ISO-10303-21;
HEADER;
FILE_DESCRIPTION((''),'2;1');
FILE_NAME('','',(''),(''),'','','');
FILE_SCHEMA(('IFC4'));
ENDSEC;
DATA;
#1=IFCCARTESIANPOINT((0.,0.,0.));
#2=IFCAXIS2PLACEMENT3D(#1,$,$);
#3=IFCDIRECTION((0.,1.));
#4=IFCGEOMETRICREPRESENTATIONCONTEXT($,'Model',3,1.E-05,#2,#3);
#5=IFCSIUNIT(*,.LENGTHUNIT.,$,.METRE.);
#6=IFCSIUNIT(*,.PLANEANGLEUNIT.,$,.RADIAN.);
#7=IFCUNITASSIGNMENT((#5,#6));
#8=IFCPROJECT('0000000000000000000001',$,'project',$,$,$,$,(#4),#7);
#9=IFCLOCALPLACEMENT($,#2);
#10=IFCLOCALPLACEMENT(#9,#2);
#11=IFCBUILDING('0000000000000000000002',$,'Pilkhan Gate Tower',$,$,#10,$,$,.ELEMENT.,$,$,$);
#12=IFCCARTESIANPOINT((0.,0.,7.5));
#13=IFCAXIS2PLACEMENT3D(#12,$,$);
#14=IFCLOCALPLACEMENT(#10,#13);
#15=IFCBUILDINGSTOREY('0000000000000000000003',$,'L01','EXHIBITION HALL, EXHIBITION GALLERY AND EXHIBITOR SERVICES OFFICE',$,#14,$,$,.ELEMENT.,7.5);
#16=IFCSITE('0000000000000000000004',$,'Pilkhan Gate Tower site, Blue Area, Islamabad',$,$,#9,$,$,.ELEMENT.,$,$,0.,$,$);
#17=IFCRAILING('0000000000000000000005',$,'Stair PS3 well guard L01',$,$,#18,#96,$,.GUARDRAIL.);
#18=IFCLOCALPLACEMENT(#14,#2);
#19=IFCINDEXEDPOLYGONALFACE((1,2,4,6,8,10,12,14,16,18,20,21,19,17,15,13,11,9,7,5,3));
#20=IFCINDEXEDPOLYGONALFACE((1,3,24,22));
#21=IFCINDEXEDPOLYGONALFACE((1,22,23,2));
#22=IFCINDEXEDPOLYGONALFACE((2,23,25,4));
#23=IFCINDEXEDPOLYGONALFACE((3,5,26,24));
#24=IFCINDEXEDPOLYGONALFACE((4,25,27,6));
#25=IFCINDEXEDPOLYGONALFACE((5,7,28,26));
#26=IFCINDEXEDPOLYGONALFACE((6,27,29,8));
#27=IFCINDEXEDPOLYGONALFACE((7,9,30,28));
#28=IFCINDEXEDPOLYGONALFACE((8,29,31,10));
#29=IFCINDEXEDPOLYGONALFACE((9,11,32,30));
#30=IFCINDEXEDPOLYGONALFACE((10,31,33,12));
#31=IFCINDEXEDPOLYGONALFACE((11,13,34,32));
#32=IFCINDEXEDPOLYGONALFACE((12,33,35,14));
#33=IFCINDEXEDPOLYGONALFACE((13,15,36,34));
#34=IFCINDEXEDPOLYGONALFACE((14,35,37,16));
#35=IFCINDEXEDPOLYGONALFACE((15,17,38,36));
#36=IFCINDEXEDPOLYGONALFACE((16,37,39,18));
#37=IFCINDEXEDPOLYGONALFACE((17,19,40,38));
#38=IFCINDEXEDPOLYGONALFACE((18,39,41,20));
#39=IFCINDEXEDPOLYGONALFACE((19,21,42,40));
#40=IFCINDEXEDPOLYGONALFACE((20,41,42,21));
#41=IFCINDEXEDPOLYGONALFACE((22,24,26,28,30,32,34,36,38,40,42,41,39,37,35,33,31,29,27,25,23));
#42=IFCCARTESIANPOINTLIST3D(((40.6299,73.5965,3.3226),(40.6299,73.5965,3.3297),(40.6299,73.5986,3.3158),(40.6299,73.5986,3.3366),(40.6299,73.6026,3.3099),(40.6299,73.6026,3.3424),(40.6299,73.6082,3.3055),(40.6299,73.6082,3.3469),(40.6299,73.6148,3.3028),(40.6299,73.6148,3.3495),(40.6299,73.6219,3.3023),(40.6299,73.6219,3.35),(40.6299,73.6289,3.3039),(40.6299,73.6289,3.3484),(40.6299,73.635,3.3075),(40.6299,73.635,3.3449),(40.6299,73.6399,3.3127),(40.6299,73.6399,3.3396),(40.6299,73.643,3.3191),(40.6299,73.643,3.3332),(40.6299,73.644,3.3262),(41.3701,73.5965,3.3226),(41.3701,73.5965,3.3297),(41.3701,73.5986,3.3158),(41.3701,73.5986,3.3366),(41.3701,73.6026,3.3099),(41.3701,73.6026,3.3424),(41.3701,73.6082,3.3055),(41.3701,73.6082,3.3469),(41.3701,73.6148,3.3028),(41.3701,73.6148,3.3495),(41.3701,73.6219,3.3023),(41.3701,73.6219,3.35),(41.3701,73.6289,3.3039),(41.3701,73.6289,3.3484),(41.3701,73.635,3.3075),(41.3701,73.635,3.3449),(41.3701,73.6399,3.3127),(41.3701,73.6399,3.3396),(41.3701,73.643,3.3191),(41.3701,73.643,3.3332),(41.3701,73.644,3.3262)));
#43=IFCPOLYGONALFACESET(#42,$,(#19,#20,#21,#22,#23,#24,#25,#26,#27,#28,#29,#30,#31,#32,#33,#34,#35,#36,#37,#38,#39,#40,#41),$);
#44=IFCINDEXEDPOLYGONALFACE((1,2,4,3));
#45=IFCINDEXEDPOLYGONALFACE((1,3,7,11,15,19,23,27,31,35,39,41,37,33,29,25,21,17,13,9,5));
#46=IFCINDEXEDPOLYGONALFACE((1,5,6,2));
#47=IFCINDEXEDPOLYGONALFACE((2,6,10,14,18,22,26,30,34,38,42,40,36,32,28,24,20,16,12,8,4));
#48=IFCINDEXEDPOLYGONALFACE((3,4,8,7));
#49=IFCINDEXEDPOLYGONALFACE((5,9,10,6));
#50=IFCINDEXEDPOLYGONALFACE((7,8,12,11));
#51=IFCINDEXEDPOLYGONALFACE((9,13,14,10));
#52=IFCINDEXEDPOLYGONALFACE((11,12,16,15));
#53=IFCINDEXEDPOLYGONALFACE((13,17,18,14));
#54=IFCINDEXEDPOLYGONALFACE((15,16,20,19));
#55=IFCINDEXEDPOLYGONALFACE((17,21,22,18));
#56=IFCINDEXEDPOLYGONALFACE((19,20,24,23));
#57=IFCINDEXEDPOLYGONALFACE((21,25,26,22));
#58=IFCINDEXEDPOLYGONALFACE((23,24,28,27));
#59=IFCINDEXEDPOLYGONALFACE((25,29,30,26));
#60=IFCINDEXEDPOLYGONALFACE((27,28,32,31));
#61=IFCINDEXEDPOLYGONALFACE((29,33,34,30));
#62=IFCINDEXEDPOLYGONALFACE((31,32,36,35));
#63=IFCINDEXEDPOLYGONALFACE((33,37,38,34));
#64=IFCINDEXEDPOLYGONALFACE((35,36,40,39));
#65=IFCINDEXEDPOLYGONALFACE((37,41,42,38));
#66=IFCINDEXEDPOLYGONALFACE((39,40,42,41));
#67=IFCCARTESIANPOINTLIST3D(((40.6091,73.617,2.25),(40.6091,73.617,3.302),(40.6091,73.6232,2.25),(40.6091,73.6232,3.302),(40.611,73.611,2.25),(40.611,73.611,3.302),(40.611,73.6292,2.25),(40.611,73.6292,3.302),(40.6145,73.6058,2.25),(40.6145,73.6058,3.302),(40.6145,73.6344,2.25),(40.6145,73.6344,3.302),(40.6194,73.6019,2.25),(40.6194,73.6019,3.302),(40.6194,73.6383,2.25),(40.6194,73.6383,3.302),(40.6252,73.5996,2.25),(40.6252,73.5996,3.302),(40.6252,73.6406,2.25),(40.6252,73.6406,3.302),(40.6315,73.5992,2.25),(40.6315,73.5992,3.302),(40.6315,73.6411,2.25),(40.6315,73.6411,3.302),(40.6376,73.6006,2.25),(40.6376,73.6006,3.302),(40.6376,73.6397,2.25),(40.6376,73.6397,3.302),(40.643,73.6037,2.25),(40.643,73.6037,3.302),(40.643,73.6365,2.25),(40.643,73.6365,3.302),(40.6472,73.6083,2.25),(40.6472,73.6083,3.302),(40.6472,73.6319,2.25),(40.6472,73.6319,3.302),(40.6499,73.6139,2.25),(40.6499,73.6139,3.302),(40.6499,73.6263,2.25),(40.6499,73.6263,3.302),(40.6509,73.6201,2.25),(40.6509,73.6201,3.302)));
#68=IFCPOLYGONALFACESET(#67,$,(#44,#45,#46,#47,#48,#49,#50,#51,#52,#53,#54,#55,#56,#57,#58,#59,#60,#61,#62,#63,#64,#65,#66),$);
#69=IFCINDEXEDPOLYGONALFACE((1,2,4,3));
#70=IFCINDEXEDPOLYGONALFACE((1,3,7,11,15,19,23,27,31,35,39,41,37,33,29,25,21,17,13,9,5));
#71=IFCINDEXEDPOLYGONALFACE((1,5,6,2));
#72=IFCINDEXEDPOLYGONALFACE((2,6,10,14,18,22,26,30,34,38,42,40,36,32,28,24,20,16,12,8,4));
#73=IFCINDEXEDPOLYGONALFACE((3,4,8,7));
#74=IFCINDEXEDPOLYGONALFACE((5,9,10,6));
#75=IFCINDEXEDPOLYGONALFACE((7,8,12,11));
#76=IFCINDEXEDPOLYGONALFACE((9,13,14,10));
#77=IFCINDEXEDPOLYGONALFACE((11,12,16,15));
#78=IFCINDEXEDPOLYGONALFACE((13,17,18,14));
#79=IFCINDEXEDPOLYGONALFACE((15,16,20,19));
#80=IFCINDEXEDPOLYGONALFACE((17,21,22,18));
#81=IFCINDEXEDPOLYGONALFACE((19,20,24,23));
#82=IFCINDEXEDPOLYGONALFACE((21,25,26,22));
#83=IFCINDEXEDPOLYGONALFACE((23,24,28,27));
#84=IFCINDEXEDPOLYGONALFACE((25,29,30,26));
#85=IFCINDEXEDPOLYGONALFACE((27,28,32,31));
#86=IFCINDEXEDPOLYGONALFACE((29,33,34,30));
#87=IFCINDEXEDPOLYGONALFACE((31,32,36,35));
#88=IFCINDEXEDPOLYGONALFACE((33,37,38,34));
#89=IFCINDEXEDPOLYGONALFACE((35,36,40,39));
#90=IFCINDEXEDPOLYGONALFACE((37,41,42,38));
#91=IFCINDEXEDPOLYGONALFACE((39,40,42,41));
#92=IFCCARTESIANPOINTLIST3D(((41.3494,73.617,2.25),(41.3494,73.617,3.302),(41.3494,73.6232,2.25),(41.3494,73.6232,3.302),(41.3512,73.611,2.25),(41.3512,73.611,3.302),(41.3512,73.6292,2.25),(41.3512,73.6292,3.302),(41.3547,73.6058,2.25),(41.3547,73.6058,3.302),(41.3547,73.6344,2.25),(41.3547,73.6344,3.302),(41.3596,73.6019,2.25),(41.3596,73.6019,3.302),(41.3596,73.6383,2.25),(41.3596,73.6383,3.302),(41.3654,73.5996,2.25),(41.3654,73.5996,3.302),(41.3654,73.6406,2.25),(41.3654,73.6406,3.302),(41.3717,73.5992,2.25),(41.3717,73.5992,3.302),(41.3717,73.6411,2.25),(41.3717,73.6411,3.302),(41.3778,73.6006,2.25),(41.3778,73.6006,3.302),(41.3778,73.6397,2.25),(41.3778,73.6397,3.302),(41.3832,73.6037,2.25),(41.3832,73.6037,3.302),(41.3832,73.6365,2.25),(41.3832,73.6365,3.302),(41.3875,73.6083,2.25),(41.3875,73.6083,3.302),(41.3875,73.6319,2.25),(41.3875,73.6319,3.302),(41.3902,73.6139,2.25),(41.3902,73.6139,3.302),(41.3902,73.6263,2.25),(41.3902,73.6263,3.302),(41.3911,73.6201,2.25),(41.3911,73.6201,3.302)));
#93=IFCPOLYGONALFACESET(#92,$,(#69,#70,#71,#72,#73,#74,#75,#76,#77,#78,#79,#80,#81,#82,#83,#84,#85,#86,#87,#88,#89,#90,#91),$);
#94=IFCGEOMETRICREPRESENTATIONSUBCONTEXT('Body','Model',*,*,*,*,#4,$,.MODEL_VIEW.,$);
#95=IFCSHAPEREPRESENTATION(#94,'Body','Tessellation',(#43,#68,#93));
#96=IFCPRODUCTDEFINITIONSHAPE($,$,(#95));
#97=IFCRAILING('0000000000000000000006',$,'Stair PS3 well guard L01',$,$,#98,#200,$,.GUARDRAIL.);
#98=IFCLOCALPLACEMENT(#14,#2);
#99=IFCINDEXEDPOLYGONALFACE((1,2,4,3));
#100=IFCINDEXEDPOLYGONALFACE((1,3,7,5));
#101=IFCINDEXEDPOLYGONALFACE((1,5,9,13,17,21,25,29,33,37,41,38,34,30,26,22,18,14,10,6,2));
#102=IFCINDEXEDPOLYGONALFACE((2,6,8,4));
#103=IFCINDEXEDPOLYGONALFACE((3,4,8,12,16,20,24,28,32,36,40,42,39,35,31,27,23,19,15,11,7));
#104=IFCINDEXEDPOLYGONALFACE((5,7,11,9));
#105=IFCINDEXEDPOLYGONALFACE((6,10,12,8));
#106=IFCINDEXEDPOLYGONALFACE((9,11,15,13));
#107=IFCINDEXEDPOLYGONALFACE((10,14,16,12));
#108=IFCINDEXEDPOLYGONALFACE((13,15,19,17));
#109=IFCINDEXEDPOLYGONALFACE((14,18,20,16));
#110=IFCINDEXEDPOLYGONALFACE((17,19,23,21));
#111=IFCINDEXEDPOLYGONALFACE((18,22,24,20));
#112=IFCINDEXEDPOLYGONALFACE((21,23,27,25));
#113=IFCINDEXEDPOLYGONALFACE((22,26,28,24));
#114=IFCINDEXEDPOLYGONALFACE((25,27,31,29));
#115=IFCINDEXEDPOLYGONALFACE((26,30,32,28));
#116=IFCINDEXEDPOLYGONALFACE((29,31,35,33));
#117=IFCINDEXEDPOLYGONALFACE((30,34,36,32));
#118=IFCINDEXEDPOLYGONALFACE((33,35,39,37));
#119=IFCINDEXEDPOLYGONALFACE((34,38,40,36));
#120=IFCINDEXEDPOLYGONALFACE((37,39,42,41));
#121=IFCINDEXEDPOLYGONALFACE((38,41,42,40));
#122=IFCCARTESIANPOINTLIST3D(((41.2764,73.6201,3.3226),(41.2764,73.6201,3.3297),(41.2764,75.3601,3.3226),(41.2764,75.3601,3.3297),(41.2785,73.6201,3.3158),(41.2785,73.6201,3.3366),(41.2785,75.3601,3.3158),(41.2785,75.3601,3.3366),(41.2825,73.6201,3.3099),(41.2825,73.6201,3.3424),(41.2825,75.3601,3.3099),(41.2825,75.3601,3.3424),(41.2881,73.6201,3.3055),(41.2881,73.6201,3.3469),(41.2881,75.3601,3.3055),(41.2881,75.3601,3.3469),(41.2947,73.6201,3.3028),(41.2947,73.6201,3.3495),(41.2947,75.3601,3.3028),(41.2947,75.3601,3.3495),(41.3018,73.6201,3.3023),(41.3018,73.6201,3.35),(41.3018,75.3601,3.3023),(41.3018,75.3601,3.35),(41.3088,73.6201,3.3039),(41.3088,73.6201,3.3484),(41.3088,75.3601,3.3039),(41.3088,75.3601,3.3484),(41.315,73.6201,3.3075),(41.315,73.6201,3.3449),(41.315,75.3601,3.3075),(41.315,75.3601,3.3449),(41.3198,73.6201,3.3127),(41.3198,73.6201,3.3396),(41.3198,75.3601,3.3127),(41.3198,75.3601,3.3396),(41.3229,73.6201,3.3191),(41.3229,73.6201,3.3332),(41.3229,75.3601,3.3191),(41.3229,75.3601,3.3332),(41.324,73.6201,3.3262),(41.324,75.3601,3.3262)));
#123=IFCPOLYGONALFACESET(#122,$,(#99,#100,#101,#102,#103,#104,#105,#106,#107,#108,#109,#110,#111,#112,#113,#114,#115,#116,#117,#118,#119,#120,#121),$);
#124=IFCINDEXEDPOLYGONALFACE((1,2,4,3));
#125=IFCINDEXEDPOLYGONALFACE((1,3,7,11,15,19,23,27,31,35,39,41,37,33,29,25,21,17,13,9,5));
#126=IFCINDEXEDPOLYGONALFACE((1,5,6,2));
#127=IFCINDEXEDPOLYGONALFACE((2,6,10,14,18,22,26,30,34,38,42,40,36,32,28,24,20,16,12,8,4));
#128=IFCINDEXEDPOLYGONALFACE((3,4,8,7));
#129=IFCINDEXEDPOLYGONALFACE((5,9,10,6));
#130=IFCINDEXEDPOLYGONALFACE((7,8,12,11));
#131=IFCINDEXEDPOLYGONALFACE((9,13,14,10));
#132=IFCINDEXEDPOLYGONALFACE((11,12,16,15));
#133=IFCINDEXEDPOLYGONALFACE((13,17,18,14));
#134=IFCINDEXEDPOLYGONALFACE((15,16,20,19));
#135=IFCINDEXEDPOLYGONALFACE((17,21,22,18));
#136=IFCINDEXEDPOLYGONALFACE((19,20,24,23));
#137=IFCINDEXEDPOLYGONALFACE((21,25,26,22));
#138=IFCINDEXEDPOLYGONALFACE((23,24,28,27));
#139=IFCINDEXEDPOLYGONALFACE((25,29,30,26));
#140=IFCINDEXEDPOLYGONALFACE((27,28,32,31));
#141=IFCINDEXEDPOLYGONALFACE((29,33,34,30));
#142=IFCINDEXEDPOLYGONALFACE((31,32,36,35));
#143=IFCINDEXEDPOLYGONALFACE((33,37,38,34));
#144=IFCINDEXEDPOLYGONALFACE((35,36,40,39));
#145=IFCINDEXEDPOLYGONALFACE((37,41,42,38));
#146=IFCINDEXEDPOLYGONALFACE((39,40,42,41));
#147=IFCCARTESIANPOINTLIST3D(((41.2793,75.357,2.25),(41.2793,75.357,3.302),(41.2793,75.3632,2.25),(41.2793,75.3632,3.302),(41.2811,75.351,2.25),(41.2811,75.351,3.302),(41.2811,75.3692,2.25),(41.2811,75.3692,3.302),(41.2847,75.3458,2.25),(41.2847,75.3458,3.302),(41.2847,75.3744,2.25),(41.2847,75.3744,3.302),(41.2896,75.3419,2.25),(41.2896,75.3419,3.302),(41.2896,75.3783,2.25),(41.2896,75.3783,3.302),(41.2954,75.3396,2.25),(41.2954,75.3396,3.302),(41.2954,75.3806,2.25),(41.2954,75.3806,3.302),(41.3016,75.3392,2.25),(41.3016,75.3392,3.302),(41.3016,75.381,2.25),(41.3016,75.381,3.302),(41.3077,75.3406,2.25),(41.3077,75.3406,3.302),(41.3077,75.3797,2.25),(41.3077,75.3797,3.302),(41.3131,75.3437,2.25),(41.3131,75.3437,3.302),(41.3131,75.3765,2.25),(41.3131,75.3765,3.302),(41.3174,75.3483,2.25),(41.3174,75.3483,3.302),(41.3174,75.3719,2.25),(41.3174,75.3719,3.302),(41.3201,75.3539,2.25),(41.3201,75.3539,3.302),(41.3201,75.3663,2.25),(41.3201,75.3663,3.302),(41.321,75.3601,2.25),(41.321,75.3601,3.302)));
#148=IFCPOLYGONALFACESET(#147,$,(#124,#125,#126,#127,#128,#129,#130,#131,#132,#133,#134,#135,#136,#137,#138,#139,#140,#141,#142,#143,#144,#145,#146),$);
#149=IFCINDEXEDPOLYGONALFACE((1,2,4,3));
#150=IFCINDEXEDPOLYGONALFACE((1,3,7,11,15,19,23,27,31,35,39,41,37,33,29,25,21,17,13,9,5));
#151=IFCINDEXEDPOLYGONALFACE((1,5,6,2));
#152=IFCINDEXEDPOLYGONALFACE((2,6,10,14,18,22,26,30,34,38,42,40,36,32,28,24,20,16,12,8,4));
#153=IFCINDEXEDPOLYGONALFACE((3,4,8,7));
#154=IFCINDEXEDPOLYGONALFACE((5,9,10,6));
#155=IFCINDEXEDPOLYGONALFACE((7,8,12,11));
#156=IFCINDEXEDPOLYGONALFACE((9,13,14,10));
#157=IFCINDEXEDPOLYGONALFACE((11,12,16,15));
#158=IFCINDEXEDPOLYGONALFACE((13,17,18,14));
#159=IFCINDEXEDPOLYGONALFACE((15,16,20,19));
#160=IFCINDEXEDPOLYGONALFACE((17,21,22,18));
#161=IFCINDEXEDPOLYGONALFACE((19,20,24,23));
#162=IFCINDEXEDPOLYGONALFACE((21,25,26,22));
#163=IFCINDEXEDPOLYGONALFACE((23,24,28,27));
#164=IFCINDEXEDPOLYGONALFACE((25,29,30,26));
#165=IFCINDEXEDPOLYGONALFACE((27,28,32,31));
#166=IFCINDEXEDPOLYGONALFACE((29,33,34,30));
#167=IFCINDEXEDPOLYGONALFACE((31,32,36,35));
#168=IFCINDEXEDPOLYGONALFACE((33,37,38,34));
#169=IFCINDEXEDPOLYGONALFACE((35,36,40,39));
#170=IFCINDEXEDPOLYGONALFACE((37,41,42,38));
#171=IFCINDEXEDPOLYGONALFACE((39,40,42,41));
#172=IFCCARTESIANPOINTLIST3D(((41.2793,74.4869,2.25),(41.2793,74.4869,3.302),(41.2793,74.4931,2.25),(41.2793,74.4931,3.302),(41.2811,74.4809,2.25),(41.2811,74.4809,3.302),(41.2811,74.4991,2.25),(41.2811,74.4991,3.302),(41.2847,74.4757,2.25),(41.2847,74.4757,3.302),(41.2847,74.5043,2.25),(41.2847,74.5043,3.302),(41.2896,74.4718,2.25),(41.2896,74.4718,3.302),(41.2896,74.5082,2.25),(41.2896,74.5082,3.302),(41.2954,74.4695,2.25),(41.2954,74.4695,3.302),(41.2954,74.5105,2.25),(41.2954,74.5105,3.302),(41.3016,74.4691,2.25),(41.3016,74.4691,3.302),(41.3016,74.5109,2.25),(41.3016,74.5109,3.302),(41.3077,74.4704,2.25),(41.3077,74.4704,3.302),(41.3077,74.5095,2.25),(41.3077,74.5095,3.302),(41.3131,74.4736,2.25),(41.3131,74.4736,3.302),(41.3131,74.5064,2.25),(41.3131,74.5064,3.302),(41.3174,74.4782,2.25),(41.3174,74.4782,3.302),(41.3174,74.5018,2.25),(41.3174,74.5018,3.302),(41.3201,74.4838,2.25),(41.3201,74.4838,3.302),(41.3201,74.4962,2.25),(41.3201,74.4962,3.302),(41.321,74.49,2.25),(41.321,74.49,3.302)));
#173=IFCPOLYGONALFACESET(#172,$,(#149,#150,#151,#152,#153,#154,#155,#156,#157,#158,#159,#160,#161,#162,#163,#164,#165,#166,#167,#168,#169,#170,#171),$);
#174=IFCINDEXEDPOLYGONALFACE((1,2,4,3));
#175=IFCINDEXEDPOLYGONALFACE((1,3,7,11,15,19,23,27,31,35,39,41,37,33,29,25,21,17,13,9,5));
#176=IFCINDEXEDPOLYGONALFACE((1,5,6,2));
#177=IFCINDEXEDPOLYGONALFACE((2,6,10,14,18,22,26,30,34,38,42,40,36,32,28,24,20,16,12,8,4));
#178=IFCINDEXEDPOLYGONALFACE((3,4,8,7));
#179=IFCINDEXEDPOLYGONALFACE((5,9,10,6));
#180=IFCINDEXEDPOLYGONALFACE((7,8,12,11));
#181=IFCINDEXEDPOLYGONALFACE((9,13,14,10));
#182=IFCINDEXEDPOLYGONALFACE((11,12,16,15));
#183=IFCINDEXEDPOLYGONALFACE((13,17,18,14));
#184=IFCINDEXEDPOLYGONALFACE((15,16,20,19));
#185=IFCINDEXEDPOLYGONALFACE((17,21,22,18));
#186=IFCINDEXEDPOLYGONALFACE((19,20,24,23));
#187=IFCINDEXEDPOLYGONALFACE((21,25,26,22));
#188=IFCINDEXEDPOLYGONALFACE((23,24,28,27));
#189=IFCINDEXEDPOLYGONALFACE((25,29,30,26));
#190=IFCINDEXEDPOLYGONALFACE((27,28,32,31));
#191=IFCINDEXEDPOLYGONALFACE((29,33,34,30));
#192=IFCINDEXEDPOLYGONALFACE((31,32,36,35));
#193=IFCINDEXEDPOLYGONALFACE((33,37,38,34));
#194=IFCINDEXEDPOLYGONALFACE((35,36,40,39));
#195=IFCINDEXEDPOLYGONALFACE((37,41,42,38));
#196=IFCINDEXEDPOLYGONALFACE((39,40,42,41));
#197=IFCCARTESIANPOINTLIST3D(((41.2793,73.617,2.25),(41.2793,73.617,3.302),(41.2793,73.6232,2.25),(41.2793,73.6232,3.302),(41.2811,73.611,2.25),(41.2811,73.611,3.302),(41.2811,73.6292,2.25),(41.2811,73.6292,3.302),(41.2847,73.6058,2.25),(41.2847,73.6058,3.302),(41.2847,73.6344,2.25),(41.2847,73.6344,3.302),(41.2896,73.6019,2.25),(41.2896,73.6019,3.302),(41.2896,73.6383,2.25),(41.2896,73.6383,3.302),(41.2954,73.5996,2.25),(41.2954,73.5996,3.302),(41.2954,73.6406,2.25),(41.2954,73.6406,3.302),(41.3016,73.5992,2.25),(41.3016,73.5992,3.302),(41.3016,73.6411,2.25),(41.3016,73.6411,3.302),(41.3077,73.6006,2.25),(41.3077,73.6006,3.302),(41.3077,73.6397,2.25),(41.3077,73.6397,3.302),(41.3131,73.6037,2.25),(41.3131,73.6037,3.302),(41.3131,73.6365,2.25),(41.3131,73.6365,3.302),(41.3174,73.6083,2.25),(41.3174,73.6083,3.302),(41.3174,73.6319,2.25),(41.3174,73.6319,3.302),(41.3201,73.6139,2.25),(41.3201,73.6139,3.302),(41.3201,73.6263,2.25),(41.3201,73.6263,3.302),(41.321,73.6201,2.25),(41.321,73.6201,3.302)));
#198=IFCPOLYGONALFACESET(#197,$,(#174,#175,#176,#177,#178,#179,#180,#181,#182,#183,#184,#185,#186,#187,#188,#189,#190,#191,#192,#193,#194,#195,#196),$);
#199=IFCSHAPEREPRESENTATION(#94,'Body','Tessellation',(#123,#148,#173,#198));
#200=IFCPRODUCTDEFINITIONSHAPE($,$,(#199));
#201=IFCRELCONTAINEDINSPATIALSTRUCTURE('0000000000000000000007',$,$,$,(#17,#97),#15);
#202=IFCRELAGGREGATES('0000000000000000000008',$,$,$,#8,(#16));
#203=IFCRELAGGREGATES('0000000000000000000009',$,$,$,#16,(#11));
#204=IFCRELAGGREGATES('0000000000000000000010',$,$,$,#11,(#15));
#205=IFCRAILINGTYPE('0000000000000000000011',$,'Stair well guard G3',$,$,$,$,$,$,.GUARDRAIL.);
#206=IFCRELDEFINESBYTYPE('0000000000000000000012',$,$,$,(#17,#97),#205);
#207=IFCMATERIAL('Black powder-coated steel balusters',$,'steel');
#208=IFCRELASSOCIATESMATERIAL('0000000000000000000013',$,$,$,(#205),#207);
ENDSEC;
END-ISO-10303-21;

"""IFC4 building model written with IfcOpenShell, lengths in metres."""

from ifc_helpers import new_model, si_unit, direction, frame, origin, origin_2d, place, context, subcontext, project, spatial, circle, extrude, material, type_object, element, save


model = new_model("IFC4")

# Units and contexts
model_context = context("Model", 3, precision=1e-05, world=origin(), true_north=direction((0.0, 1.0)))
body_context = subcontext(model_context, "Body", "Model", "MODEL_VIEW")
ifc_project = project(units=[si_unit("LENGTHUNIT", "METRE"), si_unit("PLANEANGLEUNIT", "RADIAN")], contexts=[model_context])

# Site, building, storey
site_placement = place(None, origin())
site = spatial("IfcSite", under=ifc_project, at=site_placement, Name="Pilkhan Gate Tower site, Blue Area, Islamabad", CompositionType="ELEMENT", RefElevation=0.0)
building_placement = place(site_placement, origin())
building = spatial("IfcBuilding", under=site, at=building_placement, Name="Pilkhan Gate Tower", CompositionType="ELEMENT")
storey_placement = place(building_placement, frame((0.0, 0.0, 7.5)))
storey = spatial("IfcBuildingStorey", under=building, at=storey_placement, Name="L01", Description="EXHIBITION HALL, EXHIBITION GALLERY AND EXHIBITOR SERVICES OFFICE", CompositionType="ELEMENT", Elevation=7.5)

# Railings
ifc_material_1 = material(Name="Black powder-coated steel balusters", Category="steel")
railing_type_1 = type_object("IfcRailingType", Name="Stair well guard G3", PredefinedType="GUARDRAIL", material=ifc_material_1)
railing_1_placement = place(storey_placement, frame((40.6299, 73.6201, 2.25)))
element("IfcRailing", 1, at=railing_1_placement, inside=storey, type_object=railing_type_1, Name="Stair PS3 well guard L01", PredefinedType="GUARDRAIL", context=body_context, shape_type="SweptSolid", body=[
    extrude(circle(Radius=0.0239, at=origin_2d()), frame((0.0, 0.0, 1.0762), z_axis=(1.0, 0.0, 0.0), x_axis=(0.0, 1.0, 0.0)), (0.0, 0.0, 1.0), 0.7402),
    extrude(circle(Radius=0.021, at=origin_2d()), origin(), (0.0, 0.0, 1.0), 1.052),
    extrude(circle(Radius=0.021, at=origin_2d()), frame((0.7402, 0.0, 0.0)), (0.0, 0.0, 1.0), 1.052),
])
railing_2_placement = place(storey_placement, frame((41.3, 75.3601, 2.25)))
element("IfcRailing", 2, at=railing_2_placement, inside=storey, type_object=railing_type_1, Name="Stair PS3 well guard L01", PredefinedType="GUARDRAIL", context=body_context, shape_type="SweptSolid", body=[
    extrude(circle(Radius=0.0239, at=origin_2d()), frame((0.0, 0.0, 1.0762), z_axis=(0.0, -1.0, 0.0), x_axis=(1.0, 0.0, 0.0)), (0.0, 0.0, 1.0), 1.74),
    extrude(circle(Radius=0.021, at=origin_2d()), origin(), (0.0, 0.0, 1.0), 1.052),
    extrude(circle(Radius=0.021, at=origin_2d()), frame((0.0, -0.8701, 0.0)), (0.0, 0.0, 1.0), 1.052),
    extrude(circle(Radius=0.021, at=origin_2d()), frame((0.0, -1.74, 0.0)), (0.0, 0.0, 1.0), 1.052),
])

save(model, "model.ifc")
